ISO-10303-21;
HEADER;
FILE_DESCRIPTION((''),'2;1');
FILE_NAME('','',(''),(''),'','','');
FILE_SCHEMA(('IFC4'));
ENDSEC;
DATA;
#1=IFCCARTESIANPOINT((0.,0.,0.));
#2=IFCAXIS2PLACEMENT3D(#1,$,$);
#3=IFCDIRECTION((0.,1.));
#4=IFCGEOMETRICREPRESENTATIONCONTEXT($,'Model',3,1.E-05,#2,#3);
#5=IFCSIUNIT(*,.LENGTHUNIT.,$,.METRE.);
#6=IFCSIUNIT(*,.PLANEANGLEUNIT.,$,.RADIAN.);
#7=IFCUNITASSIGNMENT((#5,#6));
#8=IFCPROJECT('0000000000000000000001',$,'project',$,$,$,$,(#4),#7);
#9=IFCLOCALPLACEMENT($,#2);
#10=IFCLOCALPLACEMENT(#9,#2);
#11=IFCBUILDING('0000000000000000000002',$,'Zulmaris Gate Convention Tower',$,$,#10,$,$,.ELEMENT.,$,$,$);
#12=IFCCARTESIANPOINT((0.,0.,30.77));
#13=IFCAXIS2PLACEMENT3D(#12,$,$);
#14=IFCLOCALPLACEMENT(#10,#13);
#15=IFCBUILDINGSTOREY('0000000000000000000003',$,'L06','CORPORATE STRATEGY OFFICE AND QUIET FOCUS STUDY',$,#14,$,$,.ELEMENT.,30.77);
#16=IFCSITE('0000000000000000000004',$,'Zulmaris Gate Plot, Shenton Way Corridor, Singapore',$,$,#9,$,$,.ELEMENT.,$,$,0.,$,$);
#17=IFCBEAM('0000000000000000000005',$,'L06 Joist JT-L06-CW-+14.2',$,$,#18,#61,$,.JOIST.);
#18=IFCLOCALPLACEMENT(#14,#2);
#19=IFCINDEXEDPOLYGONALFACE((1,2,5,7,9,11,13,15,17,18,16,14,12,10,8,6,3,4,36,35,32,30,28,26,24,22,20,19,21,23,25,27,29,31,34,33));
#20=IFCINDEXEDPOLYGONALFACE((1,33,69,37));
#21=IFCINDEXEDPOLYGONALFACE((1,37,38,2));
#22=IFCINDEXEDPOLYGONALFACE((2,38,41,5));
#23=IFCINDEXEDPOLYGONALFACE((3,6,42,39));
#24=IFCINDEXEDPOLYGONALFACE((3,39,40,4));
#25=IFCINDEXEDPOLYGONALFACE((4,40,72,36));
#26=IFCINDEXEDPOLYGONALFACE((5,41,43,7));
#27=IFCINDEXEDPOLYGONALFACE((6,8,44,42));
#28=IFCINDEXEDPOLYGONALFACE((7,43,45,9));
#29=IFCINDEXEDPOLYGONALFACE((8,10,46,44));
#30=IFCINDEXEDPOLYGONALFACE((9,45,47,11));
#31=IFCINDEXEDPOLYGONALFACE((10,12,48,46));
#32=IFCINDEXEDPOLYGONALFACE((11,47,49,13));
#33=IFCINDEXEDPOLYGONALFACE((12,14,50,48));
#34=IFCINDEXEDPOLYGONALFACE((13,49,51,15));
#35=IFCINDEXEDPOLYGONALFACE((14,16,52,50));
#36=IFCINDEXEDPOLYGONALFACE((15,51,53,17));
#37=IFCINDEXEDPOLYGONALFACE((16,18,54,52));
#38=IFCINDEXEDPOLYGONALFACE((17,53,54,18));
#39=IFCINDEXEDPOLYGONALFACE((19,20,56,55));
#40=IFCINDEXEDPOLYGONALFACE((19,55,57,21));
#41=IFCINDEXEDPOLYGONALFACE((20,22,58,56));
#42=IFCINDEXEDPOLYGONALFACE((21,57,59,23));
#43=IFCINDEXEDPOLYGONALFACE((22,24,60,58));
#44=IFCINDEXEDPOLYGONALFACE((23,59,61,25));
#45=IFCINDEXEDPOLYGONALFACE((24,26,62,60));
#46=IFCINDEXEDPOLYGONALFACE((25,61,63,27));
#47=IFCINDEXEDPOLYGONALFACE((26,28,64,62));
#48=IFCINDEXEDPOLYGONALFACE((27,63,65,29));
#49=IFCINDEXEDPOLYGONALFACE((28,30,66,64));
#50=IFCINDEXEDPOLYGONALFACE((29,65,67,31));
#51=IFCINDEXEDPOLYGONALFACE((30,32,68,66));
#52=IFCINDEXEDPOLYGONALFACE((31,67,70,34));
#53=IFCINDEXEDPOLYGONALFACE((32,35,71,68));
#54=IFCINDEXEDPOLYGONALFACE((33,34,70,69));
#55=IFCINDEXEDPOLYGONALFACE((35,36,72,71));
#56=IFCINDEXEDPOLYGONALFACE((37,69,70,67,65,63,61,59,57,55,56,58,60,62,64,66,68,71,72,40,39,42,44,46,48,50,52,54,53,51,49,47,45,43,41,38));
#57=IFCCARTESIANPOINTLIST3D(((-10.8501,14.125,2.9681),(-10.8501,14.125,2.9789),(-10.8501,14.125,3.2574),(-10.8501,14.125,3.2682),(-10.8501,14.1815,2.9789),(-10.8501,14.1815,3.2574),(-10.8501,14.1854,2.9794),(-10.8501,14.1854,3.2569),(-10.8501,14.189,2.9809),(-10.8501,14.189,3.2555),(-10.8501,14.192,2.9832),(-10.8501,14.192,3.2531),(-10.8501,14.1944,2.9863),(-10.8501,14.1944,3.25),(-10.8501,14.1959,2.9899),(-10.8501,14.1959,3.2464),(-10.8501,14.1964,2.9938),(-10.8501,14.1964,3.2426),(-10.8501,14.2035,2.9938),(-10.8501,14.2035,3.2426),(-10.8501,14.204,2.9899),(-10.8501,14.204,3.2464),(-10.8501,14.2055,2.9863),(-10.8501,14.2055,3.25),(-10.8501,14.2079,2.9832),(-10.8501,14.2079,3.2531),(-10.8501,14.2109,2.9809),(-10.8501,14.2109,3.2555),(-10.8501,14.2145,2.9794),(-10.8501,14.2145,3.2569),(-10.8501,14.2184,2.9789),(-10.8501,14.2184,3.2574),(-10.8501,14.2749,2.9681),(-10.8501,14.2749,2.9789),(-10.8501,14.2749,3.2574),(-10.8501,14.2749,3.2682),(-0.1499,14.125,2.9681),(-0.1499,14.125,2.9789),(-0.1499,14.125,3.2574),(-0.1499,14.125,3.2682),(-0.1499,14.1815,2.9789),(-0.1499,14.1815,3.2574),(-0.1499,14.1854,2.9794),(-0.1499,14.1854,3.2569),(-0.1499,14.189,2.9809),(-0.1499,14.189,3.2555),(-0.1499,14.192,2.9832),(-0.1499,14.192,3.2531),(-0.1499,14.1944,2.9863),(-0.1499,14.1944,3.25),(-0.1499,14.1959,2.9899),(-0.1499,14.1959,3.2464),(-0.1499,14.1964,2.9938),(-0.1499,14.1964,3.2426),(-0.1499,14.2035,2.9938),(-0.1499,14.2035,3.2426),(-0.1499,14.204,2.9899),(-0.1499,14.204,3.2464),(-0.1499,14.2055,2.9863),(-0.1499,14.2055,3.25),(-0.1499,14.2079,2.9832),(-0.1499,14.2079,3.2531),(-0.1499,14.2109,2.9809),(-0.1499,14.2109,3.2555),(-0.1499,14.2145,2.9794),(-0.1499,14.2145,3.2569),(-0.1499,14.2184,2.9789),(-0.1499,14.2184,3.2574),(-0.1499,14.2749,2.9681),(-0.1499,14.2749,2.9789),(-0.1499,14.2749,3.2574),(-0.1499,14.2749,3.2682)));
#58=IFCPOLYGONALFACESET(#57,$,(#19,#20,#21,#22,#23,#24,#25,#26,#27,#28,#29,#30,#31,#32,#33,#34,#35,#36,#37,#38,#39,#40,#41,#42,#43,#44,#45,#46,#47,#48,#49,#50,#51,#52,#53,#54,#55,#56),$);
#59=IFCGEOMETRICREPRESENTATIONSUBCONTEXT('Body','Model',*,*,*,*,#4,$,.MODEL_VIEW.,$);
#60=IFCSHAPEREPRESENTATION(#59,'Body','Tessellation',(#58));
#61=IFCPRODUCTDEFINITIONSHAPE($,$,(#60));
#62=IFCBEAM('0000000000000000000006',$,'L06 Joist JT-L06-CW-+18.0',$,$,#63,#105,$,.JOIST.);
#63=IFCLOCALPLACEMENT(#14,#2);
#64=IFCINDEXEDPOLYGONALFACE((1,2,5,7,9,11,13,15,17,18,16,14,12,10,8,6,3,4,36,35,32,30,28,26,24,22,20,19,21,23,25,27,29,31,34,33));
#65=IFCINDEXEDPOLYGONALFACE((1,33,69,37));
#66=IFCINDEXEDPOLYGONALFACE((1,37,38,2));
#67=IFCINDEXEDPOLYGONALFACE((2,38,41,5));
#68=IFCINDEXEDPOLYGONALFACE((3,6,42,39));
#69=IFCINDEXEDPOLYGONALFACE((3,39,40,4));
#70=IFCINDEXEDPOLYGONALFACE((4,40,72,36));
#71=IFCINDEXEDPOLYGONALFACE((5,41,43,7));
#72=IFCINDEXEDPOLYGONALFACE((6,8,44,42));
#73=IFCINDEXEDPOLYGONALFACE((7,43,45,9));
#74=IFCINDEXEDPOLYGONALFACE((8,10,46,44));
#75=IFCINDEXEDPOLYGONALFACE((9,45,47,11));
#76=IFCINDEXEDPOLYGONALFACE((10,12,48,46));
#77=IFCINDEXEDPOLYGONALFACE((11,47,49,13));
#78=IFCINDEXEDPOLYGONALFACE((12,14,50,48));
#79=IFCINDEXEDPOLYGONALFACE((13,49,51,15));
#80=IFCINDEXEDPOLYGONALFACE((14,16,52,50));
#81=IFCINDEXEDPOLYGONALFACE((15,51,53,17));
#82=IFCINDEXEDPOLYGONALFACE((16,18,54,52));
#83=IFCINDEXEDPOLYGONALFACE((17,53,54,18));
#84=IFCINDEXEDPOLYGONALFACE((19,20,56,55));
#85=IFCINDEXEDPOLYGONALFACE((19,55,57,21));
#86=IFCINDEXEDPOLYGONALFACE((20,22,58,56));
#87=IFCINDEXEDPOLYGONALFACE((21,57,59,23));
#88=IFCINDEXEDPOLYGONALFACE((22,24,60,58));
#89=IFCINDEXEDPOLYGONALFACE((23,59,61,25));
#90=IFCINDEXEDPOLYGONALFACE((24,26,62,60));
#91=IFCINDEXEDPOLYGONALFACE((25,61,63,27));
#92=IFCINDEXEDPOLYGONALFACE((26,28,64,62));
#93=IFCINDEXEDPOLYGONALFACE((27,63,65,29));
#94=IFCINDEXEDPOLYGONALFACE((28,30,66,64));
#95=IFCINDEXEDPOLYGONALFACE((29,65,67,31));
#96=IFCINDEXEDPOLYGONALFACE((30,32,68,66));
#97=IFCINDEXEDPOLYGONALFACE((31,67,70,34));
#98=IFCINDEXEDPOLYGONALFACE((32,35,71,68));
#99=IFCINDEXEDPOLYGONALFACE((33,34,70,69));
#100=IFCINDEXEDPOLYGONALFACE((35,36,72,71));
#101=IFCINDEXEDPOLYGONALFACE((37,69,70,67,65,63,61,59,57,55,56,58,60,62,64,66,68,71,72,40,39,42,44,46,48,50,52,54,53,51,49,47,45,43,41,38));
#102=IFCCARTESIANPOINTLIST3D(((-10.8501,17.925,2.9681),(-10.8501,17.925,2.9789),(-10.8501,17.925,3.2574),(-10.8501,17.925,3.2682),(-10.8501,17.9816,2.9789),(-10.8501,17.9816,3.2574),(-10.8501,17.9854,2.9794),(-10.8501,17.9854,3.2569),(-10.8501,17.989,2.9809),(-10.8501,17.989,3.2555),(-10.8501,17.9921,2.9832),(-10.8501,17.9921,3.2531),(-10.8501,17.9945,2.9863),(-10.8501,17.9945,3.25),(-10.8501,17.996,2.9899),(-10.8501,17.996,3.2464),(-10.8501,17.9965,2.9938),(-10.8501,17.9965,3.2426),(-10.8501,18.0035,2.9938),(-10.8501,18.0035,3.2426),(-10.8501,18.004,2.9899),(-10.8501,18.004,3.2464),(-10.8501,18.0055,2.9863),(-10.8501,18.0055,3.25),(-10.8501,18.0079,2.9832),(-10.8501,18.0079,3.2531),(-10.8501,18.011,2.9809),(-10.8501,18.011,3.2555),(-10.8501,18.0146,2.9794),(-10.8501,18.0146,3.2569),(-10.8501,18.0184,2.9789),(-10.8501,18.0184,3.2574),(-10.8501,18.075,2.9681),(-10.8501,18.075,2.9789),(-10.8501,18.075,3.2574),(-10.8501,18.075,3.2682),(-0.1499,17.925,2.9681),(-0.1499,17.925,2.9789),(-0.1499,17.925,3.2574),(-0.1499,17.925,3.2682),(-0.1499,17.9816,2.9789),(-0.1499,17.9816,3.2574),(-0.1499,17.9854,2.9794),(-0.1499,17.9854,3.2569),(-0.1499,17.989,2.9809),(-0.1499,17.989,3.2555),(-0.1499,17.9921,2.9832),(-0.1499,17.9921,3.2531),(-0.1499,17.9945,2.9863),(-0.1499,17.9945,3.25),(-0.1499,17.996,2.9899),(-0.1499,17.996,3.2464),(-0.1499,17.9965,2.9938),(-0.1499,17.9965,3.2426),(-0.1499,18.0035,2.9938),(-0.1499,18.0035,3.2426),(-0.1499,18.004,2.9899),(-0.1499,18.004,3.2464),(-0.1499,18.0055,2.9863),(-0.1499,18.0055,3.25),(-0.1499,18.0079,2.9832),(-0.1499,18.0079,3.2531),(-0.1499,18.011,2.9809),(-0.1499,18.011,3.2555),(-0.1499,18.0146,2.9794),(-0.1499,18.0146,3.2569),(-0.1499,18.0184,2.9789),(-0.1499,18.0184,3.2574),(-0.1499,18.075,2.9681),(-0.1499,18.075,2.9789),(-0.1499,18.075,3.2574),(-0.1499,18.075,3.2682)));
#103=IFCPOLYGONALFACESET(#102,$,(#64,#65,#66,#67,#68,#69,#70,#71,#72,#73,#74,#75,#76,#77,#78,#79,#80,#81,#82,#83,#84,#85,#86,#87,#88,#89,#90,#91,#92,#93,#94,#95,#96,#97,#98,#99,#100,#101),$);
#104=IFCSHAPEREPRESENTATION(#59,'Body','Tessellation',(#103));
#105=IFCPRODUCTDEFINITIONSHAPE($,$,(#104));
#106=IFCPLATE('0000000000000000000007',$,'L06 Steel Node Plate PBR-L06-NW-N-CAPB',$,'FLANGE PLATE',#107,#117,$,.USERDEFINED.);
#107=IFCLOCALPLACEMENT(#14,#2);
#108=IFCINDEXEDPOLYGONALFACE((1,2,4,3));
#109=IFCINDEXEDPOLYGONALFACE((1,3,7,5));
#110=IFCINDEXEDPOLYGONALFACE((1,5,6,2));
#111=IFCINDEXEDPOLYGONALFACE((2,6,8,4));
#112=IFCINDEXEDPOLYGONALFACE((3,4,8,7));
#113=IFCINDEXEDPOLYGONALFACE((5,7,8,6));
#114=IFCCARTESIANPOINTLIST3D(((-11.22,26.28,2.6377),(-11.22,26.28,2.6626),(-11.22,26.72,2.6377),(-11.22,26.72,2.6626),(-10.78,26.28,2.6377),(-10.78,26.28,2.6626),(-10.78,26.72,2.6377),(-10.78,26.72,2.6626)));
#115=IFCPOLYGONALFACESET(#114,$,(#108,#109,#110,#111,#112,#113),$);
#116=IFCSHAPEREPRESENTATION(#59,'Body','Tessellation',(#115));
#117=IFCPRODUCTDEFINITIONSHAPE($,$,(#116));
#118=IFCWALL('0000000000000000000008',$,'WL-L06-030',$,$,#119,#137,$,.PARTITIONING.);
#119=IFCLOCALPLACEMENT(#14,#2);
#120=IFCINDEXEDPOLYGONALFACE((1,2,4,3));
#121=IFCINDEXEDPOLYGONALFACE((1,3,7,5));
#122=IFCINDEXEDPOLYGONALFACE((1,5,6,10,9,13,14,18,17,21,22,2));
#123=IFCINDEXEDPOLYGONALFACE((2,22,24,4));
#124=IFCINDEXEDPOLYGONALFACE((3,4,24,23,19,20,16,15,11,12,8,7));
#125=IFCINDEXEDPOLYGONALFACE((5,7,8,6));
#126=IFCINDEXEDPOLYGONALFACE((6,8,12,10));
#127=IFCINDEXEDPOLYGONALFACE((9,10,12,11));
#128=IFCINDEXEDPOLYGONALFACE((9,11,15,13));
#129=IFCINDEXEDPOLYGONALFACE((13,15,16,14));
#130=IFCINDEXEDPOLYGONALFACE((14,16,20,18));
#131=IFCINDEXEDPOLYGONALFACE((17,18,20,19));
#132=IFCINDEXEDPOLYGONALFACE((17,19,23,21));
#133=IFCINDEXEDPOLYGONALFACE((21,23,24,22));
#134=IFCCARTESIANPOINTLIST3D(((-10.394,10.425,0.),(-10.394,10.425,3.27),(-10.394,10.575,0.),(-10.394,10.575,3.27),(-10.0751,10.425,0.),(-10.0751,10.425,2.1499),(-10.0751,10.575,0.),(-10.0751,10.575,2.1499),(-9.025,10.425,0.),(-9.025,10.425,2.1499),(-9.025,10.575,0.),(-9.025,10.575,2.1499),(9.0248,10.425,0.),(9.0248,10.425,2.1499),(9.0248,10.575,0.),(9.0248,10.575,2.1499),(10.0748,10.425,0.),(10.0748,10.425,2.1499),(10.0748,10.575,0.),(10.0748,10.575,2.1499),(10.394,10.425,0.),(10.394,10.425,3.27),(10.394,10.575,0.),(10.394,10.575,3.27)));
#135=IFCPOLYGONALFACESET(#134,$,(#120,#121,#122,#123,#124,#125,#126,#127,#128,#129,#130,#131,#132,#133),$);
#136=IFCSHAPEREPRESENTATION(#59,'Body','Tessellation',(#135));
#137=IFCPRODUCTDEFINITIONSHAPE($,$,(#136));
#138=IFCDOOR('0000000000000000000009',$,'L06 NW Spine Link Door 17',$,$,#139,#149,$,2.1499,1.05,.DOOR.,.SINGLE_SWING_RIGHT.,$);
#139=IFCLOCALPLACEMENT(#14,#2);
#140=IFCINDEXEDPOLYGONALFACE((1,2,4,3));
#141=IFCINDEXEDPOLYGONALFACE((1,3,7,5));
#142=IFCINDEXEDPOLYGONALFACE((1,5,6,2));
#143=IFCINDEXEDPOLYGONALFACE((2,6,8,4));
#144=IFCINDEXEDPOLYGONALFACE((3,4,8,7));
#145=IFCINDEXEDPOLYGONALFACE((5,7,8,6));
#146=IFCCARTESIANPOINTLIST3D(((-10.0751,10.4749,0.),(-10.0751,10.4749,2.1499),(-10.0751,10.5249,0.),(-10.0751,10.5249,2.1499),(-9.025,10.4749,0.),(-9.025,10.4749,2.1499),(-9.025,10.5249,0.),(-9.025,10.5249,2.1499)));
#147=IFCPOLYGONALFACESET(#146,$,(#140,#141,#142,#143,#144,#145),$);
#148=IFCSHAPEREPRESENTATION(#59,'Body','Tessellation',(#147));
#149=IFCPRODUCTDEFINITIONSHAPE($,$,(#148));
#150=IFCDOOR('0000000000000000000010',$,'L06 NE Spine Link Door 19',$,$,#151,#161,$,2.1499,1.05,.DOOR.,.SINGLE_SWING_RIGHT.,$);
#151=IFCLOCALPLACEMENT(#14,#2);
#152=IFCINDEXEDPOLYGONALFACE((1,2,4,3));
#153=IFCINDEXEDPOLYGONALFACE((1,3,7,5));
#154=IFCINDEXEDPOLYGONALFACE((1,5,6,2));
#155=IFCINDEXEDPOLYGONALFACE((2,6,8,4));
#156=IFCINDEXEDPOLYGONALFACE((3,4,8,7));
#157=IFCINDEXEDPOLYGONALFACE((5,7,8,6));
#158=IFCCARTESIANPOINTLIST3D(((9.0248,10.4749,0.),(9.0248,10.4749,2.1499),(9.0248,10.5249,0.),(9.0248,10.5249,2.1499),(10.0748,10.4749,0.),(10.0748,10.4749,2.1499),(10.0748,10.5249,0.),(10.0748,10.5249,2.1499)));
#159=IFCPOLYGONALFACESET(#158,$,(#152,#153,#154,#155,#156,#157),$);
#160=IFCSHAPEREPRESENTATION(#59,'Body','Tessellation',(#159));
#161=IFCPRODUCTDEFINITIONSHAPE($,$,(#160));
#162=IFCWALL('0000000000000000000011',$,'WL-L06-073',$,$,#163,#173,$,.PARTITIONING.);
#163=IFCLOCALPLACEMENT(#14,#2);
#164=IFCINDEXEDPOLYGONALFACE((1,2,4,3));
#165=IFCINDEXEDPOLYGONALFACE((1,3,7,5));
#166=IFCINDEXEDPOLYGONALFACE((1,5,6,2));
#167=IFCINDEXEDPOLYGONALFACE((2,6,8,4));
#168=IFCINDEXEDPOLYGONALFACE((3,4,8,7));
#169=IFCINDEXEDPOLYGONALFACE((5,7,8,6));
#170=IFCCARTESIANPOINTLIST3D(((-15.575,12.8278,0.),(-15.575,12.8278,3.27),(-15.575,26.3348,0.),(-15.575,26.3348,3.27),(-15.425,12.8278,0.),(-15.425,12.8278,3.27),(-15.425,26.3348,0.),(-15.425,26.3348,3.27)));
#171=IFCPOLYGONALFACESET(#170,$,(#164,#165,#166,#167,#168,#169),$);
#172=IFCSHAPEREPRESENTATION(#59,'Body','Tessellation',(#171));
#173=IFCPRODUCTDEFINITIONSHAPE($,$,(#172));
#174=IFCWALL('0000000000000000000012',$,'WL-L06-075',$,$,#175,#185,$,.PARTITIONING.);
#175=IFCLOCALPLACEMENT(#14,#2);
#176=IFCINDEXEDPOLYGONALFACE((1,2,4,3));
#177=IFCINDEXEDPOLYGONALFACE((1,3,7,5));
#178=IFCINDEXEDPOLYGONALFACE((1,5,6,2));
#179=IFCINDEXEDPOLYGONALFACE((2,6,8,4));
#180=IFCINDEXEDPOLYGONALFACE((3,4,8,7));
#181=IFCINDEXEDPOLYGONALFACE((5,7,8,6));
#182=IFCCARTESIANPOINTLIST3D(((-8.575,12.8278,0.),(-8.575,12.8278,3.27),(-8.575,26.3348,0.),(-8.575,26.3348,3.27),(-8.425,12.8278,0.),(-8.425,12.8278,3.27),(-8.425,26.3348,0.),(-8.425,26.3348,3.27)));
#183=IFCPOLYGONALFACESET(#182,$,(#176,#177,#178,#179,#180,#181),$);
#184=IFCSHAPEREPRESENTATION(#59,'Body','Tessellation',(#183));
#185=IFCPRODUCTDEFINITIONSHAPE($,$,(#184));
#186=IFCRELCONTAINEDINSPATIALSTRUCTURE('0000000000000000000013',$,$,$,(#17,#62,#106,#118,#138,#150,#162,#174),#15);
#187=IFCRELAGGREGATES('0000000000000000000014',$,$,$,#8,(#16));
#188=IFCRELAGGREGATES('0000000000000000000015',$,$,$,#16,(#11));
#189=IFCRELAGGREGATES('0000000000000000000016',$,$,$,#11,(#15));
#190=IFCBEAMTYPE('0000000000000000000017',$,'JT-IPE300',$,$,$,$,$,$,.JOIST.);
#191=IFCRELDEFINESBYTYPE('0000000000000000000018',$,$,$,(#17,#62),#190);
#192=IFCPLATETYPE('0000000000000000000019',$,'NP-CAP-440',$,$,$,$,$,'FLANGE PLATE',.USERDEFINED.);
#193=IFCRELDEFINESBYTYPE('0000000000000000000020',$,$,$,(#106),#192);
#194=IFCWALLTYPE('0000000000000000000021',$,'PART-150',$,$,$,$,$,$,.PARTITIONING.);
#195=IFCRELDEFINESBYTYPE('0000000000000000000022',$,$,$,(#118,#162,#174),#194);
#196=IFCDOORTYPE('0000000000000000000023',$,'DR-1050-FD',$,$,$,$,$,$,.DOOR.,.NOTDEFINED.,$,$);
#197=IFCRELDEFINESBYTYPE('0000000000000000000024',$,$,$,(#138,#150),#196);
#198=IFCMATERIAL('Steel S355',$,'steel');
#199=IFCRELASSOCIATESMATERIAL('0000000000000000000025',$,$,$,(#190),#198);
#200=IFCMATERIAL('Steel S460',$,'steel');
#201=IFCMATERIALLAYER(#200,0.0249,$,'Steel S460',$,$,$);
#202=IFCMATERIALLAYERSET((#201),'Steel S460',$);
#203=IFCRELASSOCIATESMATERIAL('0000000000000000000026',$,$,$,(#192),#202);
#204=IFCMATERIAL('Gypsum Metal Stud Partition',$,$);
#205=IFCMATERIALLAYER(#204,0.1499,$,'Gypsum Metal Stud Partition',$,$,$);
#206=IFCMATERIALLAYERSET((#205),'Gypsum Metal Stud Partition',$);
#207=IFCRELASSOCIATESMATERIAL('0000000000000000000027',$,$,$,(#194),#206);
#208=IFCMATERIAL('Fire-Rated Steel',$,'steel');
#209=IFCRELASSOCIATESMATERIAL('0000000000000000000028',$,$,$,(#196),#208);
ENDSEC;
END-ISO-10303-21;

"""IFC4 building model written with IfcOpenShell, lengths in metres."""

from ifc_helpers import new_model, si_unit, direction, frame, frame_2d, origin, origin_2d, place, context, subcontext, project, spatial, rectangle, i_section, extrude, material, layer, layer_set, material_profile, profile_set, type_object, element, fill, save


model = new_model("IFC4")

# Units and contexts
model_context = context("Model", 3, precision=1e-05, world=origin(), true_north=direction((0.0, 1.0)))
body_context = subcontext(model_context, "Body", "Model", "MODEL_VIEW")
ifc_project = project(units=[si_unit("LENGTHUNIT", "METRE"), si_unit("PLANEANGLEUNIT", "RADIAN")], contexts=[model_context])

# Site, building, storey
site_placement = place(None, origin())
site = spatial("IfcSite", under=ifc_project, at=site_placement, Name="Zulmaris Gate Plot, Shenton Way Corridor, Singapore", CompositionType="ELEMENT", RefElevation=0.0)
building_placement = place(site_placement, origin())
building = spatial("IfcBuilding", under=site, at=building_placement, Name="Zulmaris Gate Convention Tower", CompositionType="ELEMENT")
storey_placement = place(building_placement, frame((0.0, 0.0, 30.77)))
storey = spatial("IfcBuildingStorey", under=building, at=storey_placement, Name="L06", Description="CORPORATE STRATEGY OFFICE AND QUIET FOCUS STUDY", CompositionType="ELEMENT", Elevation=30.77)

# Beams
ifc_material_1 = material(Name="Steel S355", Category="steel")
ifc_material_profile_1 = material_profile(ifc_material_1, i_section(OverallWidth=0.1499, OverallDepth=0.3, WebThickness=0.0071, FlangeThickness=0.0107, FilletRadius=0.0149, at=origin_2d()), Name="IPE 300")
ifc_profile_set_1 = profile_set([ifc_material_profile_1], Name="Steel S355")
beam_type_1 = type_object("IfcBeamType", Name="JT-IPE300", PredefinedType="JOIST", material=ifc_profile_set_1)
for number, where, z_axis, x_axis, name in (
    (1, (-10.8501, 14.2, 3.1182), (1.0, 0.0, 0.0), (0.0, 1.0, 0.0), "L06 Joist JT-L06-CW-+14.2"),
    (2, (-10.8501, 18.0, 3.1182), (1.0, 0.0, 0.0), (0.0, 1.0, 0.0), "L06 Joist JT-L06-CW-+18.0"),
):
    element("IfcBeam", number, at=place(storey_placement, frame(where, z_axis=z_axis, x_axis=x_axis)), inside=storey, type_object=beam_type_1, Name=name, PredefinedType="JOIST", context=body_context, shape_type="SweptSolid", body=[
        extrude(i_section(OverallWidth=0.1499, OverallDepth=0.3, WebThickness=0.0071, FlangeThickness=0.0107, FilletRadius=0.0149, at=origin_2d()), origin(), (0.0, 0.0, 1.0), 10.7002),
    ])

# Plate
ifc_material_2 = material(Name="Steel S460", Category="steel")
ifc_layer_1 = layer(ifc_material_2, 0.0249, Name="Steel S460")
ifc_layer_set_1 = layer_set([ifc_layer_1], Name="Steel S460")
plate_type = type_object("IfcPlateType", Name="NP-CAP-440", ElementType="FLANGE PLATE", PredefinedType="USERDEFINED", material=ifc_layer_set_1)
plate_placement = place(storey_placement, frame((-11.0, 26.5, 2.6377), z_axis=(0.0, 0.0, 1.0), x_axis=(1.0, 0.0, 0.0)))
element("IfcPlate", 3, at=plate_placement, inside=storey, type_object=plate_type, Name="L06 Steel Node Plate PBR-L06-NW-N-CAPB", ObjectType="FLANGE PLATE", PredefinedType="USERDEFINED", context=body_context, shape_type="SweptSolid", body=[
    extrude(rectangle(XDim=0.4399, YDim=0.4399, at=origin_2d()), origin(), (0.0, 0.0, 1.0), 0.0249),
])

# Wall, openings, doors
ifc_material_3 = material(Name="Gypsum Metal Stud Partition")
ifc_layer_2 = layer(ifc_material_3, 0.1499, Name="Gypsum Metal Stud Partition")
ifc_layer_set_2 = layer_set([ifc_layer_2], Name="Gypsum Metal Stud Partition")
wall_type_1 = type_object("IfcWallType", Name="PART-150", PredefinedType="PARTITIONING", material=ifc_layer_set_2)
wall_1_placement = place(storey_placement, frame((-10.394, 10.5, 0.0), z_axis=(0.0, 0.0, 1.0), x_axis=(1.0, 0.0, 0.0)))
wall_1 = element("IfcWall", 4, at=wall_1_placement, inside=storey, type_object=wall_type_1, Name="WL-L06-030", PredefinedType="PARTITIONING", context=body_context, shape_type="SweptSolid", body=[
    extrude(rectangle(XDim=20.7881, YDim=0.1499, at=frame_2d((10.394, 0.0))), origin(), (0.0, 0.0, 1.0), 3.27),
])
opening_1_placement = place(wall_1_placement, frame((0.3191, 0.0, 0.0)))
opening_1 = element("IfcOpeningElement", 5, at=opening_1_placement, cuts=wall_1, PredefinedType="OPENING", context=body_context, shape_type="SweptSolid", body=[
    extrude(rectangle(XDim=1.05, YDim=2.1499, at=frame_2d((0.5249, 1.075))), frame((0.0, 0.085, 0.0), z_axis=(0.0, -1.0, 0.0), x_axis=(1.0, 0.0, 0.0)), (0.0, 0.0, 1.0), 0.1699),
])
opening_2_placement = place(wall_1_placement, frame((19.4189, 0.0, 0.0)))
opening_2 = element("IfcOpeningElement", 6, at=opening_2_placement, cuts=wall_1, PredefinedType="OPENING", context=body_context, shape_type="SweptSolid", body=[
    extrude(rectangle(XDim=1.05, YDim=2.1499, at=frame_2d((0.5249, 1.075))), frame((0.0, 0.085, 0.0), z_axis=(0.0, -1.0, 0.0), x_axis=(1.0, 0.0, 0.0)), (0.0, 0.0, 1.0), 0.1699),
])
ifc_material_4 = material(Name="Fire-Rated Steel", Category="steel")
door_type_1 = type_object("IfcDoorType", Name="DR-1050-FD", OperationType="NOTDEFINED", PredefinedType="DOOR", material=ifc_material_4)
door_1_placement = place(opening_1_placement, origin())
door_1 = element("IfcDoor", 7, at=door_1_placement, inside=storey, type_object=door_type_1, Name="L06 NW Spine Link Door 17", OperationType="SINGLE_SWING_RIGHT", OverallHeight=2.1499, OverallWidth=1.05, PredefinedType="DOOR", context=body_context, shape_type="SweptSolid", body=[
    extrude(rectangle(XDim=1.05, YDim=2.1499, at=frame_2d((0.5249, 1.075))), frame((0.0, 0.0249, 0.0), z_axis=(0.0, -1.0, 0.0), x_axis=(1.0, 0.0, 0.0)), (0.0, 0.0, 1.0), 0.05),
])
fill(opening_1, door_1)
door_2_placement = place(opening_2_placement, origin())
door_2 = element("IfcDoor", 8, at=door_2_placement, inside=storey, type_object=door_type_1, Name="L06 NE Spine Link Door 19", OperationType="SINGLE_SWING_RIGHT", OverallHeight=2.1499, OverallWidth=1.05, PredefinedType="DOOR", context=body_context, shape_type="SweptSolid", body=[
    extrude(rectangle(XDim=1.05, YDim=2.1499, at=frame_2d((0.5249, 1.075))), frame((0.0, 0.0249, 0.0), z_axis=(0.0, -1.0, 0.0), x_axis=(1.0, 0.0, 0.0)), (0.0, 0.0, 1.0), 0.05),
])
fill(opening_2, door_2)

# Walls
for number, where, z_axis, x_axis, name in (
    (9, (-15.5, 12.8279, 0.0), (0.0, 0.0, 1.0), (0.0, 1.0, 0.0), "WL-L06-073"),
    (10, (-8.5, 12.8279, 0.0), (0.0, 0.0, 1.0), (0.0, 1.0, 0.0), "WL-L06-075"),
):
    element("IfcWall", number, at=place(storey_placement, frame(where, z_axis=z_axis, x_axis=x_axis)), inside=storey, type_object=wall_type_1, Name=name, PredefinedType="PARTITIONING", context=body_context, shape_type="SweptSolid", body=[
        extrude(rectangle(XDim=13.5071, YDim=0.1499, at=frame_2d((6.7534, 0.0))), origin(), (0.0, 0.0, 1.0), 3.27),
    ])

save(model, "model.ifc")
